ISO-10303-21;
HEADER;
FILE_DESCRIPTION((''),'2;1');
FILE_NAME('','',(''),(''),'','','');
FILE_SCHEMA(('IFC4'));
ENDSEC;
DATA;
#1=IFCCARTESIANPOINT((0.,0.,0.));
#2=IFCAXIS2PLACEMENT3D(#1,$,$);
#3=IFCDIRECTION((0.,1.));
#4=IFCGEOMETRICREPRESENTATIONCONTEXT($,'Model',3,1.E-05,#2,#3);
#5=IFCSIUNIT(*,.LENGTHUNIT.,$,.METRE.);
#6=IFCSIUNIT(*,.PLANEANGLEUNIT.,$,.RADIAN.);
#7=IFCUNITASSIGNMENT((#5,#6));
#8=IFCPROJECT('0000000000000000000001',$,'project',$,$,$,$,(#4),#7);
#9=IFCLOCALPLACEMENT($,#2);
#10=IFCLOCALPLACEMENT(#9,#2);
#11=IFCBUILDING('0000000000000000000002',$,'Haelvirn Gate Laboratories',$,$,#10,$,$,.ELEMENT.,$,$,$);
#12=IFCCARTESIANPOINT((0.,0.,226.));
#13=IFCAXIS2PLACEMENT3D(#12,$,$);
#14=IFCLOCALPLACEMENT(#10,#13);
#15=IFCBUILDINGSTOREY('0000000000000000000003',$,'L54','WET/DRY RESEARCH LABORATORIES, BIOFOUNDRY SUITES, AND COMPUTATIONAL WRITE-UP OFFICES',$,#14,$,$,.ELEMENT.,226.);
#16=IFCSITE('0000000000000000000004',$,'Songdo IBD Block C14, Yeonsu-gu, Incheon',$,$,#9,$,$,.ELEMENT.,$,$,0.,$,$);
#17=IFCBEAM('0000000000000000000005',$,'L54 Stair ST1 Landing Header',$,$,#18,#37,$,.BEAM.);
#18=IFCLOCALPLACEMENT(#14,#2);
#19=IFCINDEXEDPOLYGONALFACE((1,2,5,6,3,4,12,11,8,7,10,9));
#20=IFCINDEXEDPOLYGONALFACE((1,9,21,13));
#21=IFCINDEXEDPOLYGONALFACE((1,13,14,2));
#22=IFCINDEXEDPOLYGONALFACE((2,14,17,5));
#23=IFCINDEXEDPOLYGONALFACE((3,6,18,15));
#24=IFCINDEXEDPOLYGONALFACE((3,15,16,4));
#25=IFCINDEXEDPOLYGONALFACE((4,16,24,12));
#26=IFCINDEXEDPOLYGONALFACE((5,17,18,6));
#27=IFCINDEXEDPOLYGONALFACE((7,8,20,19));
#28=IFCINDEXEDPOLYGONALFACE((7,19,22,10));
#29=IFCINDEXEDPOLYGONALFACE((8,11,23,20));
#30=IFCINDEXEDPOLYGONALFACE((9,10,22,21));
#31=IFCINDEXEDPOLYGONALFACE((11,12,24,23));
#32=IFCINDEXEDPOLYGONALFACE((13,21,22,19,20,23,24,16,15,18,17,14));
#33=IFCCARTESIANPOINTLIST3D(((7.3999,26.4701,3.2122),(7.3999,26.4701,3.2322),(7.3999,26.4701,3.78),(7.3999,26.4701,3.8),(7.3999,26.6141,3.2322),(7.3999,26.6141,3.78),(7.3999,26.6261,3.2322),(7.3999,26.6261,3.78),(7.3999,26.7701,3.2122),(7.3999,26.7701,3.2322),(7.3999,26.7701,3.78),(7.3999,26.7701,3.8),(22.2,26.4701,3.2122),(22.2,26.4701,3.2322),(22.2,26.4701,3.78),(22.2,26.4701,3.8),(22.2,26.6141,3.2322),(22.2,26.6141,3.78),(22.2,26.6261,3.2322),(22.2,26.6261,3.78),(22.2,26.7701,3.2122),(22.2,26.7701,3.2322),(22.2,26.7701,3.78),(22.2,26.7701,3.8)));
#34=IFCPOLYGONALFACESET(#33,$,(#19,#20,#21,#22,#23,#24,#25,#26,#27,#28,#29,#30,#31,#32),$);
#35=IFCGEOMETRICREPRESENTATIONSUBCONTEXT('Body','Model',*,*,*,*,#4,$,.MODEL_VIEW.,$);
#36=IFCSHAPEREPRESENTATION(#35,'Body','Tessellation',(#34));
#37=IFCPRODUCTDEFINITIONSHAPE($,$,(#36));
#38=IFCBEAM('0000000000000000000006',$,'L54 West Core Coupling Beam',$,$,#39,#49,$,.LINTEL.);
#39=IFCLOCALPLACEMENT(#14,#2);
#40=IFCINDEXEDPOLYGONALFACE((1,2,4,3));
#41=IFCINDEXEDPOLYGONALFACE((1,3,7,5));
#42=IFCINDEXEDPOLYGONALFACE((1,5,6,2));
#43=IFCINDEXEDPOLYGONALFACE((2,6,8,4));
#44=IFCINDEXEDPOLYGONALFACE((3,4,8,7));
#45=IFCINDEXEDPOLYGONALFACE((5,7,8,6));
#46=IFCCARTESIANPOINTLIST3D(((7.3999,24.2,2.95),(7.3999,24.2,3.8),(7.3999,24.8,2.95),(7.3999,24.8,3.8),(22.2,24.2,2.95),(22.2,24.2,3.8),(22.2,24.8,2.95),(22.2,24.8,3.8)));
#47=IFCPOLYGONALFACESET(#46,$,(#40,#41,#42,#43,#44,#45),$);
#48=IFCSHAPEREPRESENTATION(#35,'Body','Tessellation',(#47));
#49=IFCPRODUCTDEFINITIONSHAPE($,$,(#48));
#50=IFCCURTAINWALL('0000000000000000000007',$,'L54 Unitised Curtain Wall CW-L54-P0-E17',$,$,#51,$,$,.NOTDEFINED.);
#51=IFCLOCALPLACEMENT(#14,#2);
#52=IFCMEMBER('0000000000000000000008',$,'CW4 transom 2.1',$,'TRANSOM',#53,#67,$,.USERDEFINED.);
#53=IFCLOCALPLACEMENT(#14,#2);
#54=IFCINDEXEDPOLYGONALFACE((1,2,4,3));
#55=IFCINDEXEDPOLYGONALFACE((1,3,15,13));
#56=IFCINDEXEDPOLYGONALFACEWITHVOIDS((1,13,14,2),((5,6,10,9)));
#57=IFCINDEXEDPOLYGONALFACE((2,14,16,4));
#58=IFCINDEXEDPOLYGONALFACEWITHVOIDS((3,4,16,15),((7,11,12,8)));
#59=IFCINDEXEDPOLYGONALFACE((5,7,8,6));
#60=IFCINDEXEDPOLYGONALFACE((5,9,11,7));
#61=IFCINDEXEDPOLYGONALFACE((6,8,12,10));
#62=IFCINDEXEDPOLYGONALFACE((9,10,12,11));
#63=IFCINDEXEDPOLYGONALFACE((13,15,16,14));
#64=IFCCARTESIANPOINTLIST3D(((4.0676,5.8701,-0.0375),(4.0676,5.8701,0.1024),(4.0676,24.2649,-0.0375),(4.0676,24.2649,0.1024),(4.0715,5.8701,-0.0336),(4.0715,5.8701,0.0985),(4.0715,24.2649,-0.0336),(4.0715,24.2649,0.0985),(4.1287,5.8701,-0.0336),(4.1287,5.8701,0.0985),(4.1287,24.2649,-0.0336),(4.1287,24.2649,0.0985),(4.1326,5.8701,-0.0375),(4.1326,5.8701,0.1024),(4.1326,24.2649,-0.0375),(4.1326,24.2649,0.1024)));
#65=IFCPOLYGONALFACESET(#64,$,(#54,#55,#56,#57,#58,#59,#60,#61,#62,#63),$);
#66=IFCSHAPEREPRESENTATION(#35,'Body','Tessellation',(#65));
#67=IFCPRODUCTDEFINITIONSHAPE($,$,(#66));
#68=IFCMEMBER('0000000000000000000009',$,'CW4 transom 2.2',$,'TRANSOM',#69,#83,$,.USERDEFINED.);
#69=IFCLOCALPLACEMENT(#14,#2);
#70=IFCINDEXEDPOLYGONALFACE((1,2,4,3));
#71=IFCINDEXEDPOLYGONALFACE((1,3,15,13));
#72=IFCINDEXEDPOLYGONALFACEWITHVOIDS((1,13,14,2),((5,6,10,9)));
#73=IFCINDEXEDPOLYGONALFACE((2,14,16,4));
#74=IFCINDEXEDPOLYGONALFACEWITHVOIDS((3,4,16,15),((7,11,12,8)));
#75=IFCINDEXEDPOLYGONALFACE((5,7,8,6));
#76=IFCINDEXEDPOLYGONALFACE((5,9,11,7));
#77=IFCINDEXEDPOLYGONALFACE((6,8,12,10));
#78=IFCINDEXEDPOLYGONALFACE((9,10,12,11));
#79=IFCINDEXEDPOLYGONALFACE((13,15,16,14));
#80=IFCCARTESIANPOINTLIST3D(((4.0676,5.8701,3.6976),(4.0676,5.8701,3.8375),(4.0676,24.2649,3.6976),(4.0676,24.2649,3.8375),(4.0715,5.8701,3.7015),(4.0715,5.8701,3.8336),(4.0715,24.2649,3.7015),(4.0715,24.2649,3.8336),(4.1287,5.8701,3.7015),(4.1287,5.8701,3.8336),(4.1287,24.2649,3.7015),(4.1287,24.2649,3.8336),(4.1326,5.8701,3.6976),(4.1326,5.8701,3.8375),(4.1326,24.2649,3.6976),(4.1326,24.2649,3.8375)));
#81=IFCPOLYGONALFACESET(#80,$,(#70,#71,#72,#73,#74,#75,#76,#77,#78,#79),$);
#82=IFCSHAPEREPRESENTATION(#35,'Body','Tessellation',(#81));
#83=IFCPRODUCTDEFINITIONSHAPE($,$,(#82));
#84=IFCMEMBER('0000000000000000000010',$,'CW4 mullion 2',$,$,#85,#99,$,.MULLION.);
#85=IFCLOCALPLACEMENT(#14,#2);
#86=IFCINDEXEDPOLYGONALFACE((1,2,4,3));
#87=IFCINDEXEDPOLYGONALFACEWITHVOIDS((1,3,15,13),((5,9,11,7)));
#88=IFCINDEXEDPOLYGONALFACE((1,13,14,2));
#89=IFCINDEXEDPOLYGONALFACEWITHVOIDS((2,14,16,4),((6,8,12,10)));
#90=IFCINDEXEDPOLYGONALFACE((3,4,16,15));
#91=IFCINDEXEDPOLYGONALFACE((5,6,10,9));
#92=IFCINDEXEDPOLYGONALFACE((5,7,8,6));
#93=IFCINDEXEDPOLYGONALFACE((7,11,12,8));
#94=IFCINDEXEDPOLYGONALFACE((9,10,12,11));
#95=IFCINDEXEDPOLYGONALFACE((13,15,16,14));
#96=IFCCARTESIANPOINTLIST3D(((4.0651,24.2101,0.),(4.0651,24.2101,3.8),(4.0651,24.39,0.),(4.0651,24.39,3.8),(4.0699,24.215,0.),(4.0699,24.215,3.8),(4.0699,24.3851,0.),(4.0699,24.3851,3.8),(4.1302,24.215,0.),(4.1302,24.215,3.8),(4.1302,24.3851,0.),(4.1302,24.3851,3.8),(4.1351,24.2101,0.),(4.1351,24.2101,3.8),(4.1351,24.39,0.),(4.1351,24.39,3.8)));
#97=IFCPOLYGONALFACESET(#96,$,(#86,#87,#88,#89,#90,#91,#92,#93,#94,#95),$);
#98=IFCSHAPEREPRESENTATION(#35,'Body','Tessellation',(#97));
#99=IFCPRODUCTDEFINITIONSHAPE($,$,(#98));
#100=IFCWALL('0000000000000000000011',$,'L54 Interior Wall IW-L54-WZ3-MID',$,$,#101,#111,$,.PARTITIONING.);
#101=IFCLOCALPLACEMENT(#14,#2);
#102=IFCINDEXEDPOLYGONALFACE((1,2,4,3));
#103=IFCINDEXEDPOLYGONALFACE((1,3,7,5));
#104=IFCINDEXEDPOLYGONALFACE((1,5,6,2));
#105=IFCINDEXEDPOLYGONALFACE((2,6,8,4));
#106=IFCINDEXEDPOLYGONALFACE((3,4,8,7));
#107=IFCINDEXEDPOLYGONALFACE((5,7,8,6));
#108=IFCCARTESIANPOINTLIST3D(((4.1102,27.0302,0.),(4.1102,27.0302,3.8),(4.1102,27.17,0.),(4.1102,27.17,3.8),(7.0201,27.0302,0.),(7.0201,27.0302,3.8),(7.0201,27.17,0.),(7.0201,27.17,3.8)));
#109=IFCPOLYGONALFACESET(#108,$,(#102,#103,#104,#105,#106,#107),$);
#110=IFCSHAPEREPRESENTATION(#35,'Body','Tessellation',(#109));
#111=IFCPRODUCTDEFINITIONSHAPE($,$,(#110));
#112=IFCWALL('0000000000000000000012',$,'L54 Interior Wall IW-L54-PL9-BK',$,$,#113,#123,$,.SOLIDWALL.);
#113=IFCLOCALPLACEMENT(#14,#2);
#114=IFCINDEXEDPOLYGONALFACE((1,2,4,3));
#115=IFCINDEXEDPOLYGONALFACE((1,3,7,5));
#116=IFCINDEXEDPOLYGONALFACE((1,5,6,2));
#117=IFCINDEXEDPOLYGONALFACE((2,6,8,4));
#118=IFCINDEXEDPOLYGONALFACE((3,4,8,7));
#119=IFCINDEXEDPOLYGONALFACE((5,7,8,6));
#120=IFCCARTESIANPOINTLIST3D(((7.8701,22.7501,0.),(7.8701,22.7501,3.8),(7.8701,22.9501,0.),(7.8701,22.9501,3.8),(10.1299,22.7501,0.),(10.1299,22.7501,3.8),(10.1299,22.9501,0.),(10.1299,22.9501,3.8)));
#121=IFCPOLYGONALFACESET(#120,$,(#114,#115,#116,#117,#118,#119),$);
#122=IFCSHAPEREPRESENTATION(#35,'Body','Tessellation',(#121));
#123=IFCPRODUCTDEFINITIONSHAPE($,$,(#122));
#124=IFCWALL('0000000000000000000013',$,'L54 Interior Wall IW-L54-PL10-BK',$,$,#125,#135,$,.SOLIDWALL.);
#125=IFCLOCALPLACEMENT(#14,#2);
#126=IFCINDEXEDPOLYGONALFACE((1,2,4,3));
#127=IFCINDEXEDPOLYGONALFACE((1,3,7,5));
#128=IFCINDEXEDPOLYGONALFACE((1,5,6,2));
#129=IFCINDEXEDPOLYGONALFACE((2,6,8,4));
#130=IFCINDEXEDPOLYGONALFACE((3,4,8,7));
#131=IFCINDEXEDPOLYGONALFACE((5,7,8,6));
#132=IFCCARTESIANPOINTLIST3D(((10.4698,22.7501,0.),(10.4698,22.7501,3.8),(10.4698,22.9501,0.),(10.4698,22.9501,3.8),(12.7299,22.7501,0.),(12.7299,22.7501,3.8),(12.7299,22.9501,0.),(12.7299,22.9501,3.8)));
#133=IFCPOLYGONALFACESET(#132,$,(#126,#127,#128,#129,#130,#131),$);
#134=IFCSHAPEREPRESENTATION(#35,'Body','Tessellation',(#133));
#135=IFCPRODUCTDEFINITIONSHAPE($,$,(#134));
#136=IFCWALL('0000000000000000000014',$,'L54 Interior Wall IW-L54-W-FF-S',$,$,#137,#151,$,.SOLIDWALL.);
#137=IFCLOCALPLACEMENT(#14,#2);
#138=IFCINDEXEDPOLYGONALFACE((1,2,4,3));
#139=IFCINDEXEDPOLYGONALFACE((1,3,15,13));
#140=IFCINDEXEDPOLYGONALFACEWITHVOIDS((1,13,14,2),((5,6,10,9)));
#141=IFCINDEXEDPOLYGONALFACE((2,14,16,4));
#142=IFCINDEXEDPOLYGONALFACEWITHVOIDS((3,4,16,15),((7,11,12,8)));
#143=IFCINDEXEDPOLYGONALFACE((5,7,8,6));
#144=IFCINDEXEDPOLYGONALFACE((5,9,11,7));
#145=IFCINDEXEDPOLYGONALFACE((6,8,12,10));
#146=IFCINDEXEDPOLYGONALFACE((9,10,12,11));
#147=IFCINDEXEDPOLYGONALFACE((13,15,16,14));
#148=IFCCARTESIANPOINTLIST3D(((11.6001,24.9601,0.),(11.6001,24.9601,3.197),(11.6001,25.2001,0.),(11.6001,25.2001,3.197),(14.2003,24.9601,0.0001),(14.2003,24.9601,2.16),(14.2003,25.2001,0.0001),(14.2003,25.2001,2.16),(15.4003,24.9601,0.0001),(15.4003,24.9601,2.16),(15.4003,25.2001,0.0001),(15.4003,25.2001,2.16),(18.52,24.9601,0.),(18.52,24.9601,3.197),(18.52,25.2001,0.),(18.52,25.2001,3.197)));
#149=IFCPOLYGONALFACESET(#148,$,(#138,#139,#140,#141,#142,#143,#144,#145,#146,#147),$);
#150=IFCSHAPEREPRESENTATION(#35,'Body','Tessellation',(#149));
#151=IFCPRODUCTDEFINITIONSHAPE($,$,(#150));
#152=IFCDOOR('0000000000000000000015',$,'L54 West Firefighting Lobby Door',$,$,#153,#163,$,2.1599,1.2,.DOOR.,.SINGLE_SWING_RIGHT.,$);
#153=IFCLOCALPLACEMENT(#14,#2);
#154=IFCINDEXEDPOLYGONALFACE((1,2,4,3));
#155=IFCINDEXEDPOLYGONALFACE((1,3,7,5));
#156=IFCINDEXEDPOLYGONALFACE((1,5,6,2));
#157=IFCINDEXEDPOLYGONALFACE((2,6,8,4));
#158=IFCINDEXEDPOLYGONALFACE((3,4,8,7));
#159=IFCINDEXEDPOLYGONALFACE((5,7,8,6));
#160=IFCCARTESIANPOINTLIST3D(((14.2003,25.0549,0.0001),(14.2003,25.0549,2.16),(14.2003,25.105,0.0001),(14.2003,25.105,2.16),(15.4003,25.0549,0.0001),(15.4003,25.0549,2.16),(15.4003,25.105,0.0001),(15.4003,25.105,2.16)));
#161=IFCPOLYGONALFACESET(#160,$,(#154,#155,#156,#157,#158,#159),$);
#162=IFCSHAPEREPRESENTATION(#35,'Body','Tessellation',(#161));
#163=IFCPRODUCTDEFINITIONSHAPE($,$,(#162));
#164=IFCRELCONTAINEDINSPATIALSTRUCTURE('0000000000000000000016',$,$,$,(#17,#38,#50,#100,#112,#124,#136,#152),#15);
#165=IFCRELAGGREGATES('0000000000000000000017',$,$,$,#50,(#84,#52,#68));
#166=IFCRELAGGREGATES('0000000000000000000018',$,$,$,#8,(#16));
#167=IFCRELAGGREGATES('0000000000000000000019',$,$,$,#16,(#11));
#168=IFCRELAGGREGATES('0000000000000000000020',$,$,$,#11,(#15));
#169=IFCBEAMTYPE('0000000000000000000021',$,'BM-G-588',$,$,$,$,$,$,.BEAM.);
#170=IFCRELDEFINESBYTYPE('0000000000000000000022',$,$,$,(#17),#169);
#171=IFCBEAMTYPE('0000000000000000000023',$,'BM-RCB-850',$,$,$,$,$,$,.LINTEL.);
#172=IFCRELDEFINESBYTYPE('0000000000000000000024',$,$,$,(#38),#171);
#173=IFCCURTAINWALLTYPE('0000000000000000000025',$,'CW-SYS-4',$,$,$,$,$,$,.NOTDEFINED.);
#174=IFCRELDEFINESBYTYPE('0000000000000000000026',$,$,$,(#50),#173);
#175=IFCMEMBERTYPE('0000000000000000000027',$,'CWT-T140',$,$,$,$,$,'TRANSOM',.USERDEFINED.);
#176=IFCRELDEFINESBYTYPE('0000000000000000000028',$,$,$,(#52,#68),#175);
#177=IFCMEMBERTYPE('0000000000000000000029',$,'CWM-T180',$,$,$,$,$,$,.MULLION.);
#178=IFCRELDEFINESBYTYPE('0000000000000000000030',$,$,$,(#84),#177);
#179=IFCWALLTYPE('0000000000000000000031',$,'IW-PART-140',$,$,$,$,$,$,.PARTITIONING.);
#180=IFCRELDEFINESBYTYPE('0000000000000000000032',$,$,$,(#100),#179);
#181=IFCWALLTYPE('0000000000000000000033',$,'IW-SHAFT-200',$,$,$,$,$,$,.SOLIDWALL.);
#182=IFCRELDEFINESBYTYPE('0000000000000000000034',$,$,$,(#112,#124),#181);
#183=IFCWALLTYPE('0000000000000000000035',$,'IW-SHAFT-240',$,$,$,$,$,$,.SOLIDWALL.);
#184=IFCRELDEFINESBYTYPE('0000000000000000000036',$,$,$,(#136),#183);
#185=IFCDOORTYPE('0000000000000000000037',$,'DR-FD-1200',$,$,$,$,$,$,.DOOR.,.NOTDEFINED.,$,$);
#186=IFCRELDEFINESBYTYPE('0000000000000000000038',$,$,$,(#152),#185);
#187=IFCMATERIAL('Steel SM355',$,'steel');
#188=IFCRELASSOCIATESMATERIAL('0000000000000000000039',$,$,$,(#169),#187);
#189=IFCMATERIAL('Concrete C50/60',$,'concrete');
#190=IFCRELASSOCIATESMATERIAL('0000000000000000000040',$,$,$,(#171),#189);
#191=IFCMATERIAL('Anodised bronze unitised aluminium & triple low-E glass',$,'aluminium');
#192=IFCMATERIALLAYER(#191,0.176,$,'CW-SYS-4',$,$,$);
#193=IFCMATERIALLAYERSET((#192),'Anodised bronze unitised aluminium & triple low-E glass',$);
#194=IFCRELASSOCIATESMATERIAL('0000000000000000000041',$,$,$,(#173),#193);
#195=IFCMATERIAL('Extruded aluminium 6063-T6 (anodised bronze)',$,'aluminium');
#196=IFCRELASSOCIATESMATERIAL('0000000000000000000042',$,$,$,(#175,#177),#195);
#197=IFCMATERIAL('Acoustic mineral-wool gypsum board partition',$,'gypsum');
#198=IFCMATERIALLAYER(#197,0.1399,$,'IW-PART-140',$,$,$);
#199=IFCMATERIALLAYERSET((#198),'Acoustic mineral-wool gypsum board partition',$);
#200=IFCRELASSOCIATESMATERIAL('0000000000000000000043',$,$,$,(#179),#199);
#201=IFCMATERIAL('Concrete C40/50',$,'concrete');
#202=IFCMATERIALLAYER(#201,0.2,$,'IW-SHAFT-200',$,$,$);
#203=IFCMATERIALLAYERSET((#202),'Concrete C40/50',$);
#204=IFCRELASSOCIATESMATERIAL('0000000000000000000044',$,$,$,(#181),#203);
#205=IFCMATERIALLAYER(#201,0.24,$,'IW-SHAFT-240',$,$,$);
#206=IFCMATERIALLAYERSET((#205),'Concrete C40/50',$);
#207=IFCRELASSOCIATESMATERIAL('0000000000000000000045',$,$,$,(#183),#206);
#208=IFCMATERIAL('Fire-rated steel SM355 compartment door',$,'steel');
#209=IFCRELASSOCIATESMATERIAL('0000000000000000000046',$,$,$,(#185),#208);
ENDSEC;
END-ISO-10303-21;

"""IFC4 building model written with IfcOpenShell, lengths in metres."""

from ifc_helpers import new_model, si_unit, direction, frame, frame_2d, origin, origin_2d, place, context, subcontext, project, spatial, rectangle, hollow_rectangle, i_section, extrude, source, transform, mapped, material, layer, layer_set, material_profile, profile_set, type_object, type_shapes, element, fill, aggregate, save


model = new_model("IFC4")

# Units and contexts
model_context = context("Model", 3, precision=1e-05, world=origin(), true_north=direction((0.0, 1.0)))
body_context = subcontext(model_context, "Body", "Model", "MODEL_VIEW")
ifc_project = project(units=[si_unit("LENGTHUNIT", "METRE"), si_unit("PLANEANGLEUNIT", "RADIAN")], contexts=[model_context])

# Site, building, storey
site_placement = place(None, origin())
site = spatial("IfcSite", under=ifc_project, at=site_placement, Name="Songdo IBD Block C14, Yeonsu-gu, Incheon", CompositionType="ELEMENT", RefElevation=0.0)
building_placement = place(site_placement, origin())
building = spatial("IfcBuilding", under=site, at=building_placement, Name="Haelvirn Gate Laboratories", CompositionType="ELEMENT")
storey_placement = place(building_placement, frame((0.0, 0.0, 226.0)))
storey = spatial("IfcBuildingStorey", under=building, at=storey_placement, Name="L54", Description="WET/DRY RESEARCH LABORATORIES, BIOFOUNDRY SUITES, AND COMPUTATIONAL WRITE-UP OFFICES", CompositionType="ELEMENT", Elevation=226.0)

# Beams
ifc_material_1 = material(Name="Steel SM355", Category="steel")
ifc_material_profile_1 = material_profile(ifc_material_1, i_section(OverallWidth=0.3, OverallDepth=0.5879, WebThickness=0.012, FlangeThickness=0.02, at=origin_2d()), Name="H-588x300x12x20")
ifc_profile_set_1 = profile_set([ifc_material_profile_1], Name="Steel SM355")
beam_type_1 = type_object("IfcBeamType", Name="BM-G-588", PredefinedType="BEAM", material=ifc_profile_set_1)
shared_shape_1 = source(origin(), body_context, "Body", "SweptSolid", [
    extrude(i_section(OverallWidth=0.3, OverallDepth=0.5879, WebThickness=0.012, FlangeThickness=0.02, at=origin_2d()), origin(), (0.0, 0.0, 1.0), 14.8),
])
type_shapes(beam_type_1, [shared_shape_1])
beam_1_placement = place(storey_placement, frame((7.3999, 26.6201, 3.5061), z_axis=(1.0, 0.0, 0.0), x_axis=(0.0, 1.0, 0.0)))
element("IfcBeam", 1, at=beam_1_placement, inside=storey, type_object=beam_type_1, Name="L54 Stair ST1 Landing Header", PredefinedType="BEAM", context=body_context, shape_type="MappedRepresentation", body=[
    mapped(shared_shape_1, transform((0.0, 0.0, 0.0), scale=1.0)),
])
ifc_material_2 = material(Name="Concrete C50/60", Category="concrete")
ifc_material_profile_2 = material_profile(ifc_material_2, rectangle(XDim=0.6001, YDim=0.8501, at=origin_2d()), Name="RCB-600x850")
ifc_profile_set_2 = profile_set([ifc_material_profile_2], Name="Concrete C50/60")
beam_type_2 = type_object("IfcBeamType", Name="BM-RCB-850", PredefinedType="LINTEL", material=ifc_profile_set_2)
shared_shape_2 = source(origin(), body_context, "Body", "SweptSolid", [
    extrude(rectangle(XDim=0.6001, YDim=0.8501, at=origin_2d()), origin(), (0.0, 0.0, 1.0), 14.8),
])
type_shapes(beam_type_2, [shared_shape_2])
beam_2_placement = place(storey_placement, frame((7.3999, 24.5, 3.375), z_axis=(1.0, 0.0, 0.0), x_axis=(0.0, 1.0, 0.0)))
element("IfcBeam", 2, at=beam_2_placement, inside=storey, type_object=beam_type_2, Name="L54 West Core Coupling Beam", PredefinedType="LINTEL", context=body_context, shape_type="MappedRepresentation", body=[
    mapped(shared_shape_2, transform((0.0, 0.0, 0.0), scale=1.0)),
])

# Curtain wall, members
ifc_material_3 = material(Name="Anodised bronze unitised aluminium & triple low-E glass", Category="aluminium")
ifc_layer_1 = layer(ifc_material_3, 0.176, Name="CW-SYS-4")
ifc_layer_set_1 = layer_set([ifc_layer_1], Name="Anodised bronze unitised aluminium & triple low-E glass")
curtain_wall_type = type_object("IfcCurtainWallType", Name="CW-SYS-4", PredefinedType="NOTDEFINED", material=ifc_layer_set_1)
curtain_wall_placement = place(storey_placement, origin())
curtain_wall = element("IfcCurtainWall", 3, at=curtain_wall_placement, inside=storey, type_object=curtain_wall_type, Name="L54 Unitised Curtain Wall CW-L54-P0-E17", PredefinedType="NOTDEFINED")
ifc_material_4 = material(Name="Extruded aluminium 6063-T6 (anodised bronze)", Category="aluminium")
ifc_material_profile_3 = material_profile(ifc_material_4, hollow_rectangle(XDim=0.0649, YDim=0.1399, WallThickness=0.0039, at=origin_2d()), Name="CWT-140x65x4")
ifc_profile_set_3 = profile_set([ifc_material_profile_3], Name="Extruded aluminium 6063-T6 (anodised bronze)")
member_type_1 = type_object("IfcMemberType", Name="CWT-T140", ElementType="TRANSOM", PredefinedType="USERDEFINED", material=ifc_profile_set_3)
shared_shape_3 = source(origin(), body_context, "Body", "SweptSolid", [
    extrude(hollow_rectangle(XDim=0.0649, YDim=0.1399, WallThickness=0.0039, at=origin_2d()), origin(), (0.0, 0.0, 1.0), 18.3948),
])
type_shapes(member_type_1, [shared_shape_3])
member_1_placement = place(storey_placement, frame((4.1001, 24.2649, 0.0325), z_axis=(0.0, -1.0, 0.0), x_axis=(1.0, 0.0, 0.0)))
member_1 = element("IfcMember", 4, at=member_1_placement, type_object=member_type_1, Name="CW4 transom 2.1", ObjectType="TRANSOM", PredefinedType="USERDEFINED", context=body_context, shape_type="MappedRepresentation", body=[
    mapped(shared_shape_3, transform((0.0, 0.0, 0.0), scale=1.0)),
])
member_2_placement = place(storey_placement, frame((4.1001, 24.2649, 3.7676), z_axis=(0.0, -1.0, 0.0), x_axis=(1.0, 0.0, 0.0)))
member_2 = element("IfcMember", 5, at=member_2_placement, type_object=member_type_1, Name="CW4 transom 2.2", ObjectType="TRANSOM", PredefinedType="USERDEFINED", context=body_context, shape_type="MappedRepresentation", body=[
    mapped(shared_shape_3, transform((0.0, 0.0, 0.0), scale=1.0)),
])
ifc_material_profile_4 = material_profile(ifc_material_4, hollow_rectangle(XDim=0.0701, YDim=0.1799, WallThickness=0.0049, at=origin_2d()), Name="CWM-180x70x5")
ifc_profile_set_4 = profile_set([ifc_material_profile_4], Name="Extruded aluminium 6063-T6 (anodised bronze)")
member_type_2 = type_object("IfcMemberType", Name="CWM-T180", PredefinedType="MULLION", material=ifc_profile_set_4)
shared_shape_4 = source(origin(), body_context, "Body", "SweptSolid", [
    extrude(hollow_rectangle(XDim=0.0701, YDim=0.1799, WallThickness=0.0049, at=origin_2d()), origin(), (0.0, 0.0, 1.0), 3.8),
])
type_shapes(member_type_2, [shared_shape_4])
member_3_placement = place(storey_placement, frame((4.1001, 24.3, 0.0), z_axis=(0.0, 0.0, 1.0), x_axis=(1.0, 0.0, 0.0)))
member_3 = element("IfcMember", 6, at=member_3_placement, type_object=member_type_2, Name="CW4 mullion 2", PredefinedType="MULLION", context=body_context, shape_type="MappedRepresentation", body=[
    mapped(shared_shape_4, transform((0.0, 0.0, 0.0), scale=1.0)),
])
aggregate(curtain_wall, [member_3, member_1, member_2])

# Walls
ifc_material_5 = material(Name="Acoustic mineral-wool gypsum board partition", Category="gypsum")
ifc_layer_2 = layer(ifc_material_5, 0.1399, Name="IW-PART-140")
ifc_layer_set_2 = layer_set([ifc_layer_2], Name="Acoustic mineral-wool gypsum board partition")
wall_type_1 = type_object("IfcWallType", Name="IW-PART-140", PredefinedType="PARTITIONING", material=ifc_layer_set_2)
wall_1_placement = place(storey_placement, frame((4.1101, 27.1001, 0.0), z_axis=(0.0, 0.0, 1.0), x_axis=(1.0, 0.0, 0.0)))
element("IfcWall", 7, at=wall_1_placement, inside=storey, type_object=wall_type_1, Name="L54 Interior Wall IW-L54-WZ3-MID", PredefinedType="PARTITIONING", context=body_context, shape_type="SweptSolid", body=[
    extrude(rectangle(XDim=2.9099, YDim=0.1399, at=frame_2d((1.4551, 0.0))), origin(), (0.0, 0.0, 1.0), 3.8),
])
ifc_material_6 = material(Name="Concrete C40/50", Category="concrete")
ifc_layer_3 = layer(ifc_material_6, 0.2, Name="IW-SHAFT-200")
ifc_layer_set_3 = layer_set([ifc_layer_3], Name="Concrete C40/50")
wall_type_2 = type_object("IfcWallType", Name="IW-SHAFT-200", PredefinedType="SOLIDWALL", material=ifc_layer_set_3)
wall_2_placement = place(storey_placement, frame((7.8701, 22.8501, 0.0), z_axis=(0.0, 0.0, 1.0), x_axis=(1.0, 0.0, 0.0)))
element("IfcWall", 8, at=wall_2_placement, inside=storey, type_object=wall_type_2, Name="L54 Interior Wall IW-L54-PL9-BK", PredefinedType="SOLIDWALL", context=body_context, shape_type="SweptSolid", body=[
    extrude(rectangle(XDim=2.2598, YDim=0.2, at=frame_2d((1.1299, 0.0))), origin(), (0.0, 0.0, 1.0), 3.8),
])
wall_3_placement = place(storey_placement, frame((10.47, 22.8501, 0.0), z_axis=(0.0, 0.0, 1.0), x_axis=(1.0, 0.0, 0.0)))
element("IfcWall", 9, at=wall_3_placement, inside=storey, type_object=wall_type_2, Name="L54 Interior Wall IW-L54-PL10-BK", PredefinedType="SOLIDWALL", context=body_context, shape_type="SweptSolid", body=[
    extrude(rectangle(XDim=2.26, YDim=0.2, at=frame_2d((1.1299, 0.0))), origin(), (0.0, 0.0, 1.0), 3.8),
])

# Wall, opening, door
ifc_layer_4 = layer(ifc_material_6, 0.24, Name="IW-SHAFT-240")
ifc_layer_set_4 = layer_set([ifc_layer_4], Name="Concrete C40/50")
wall_type_3 = type_object("IfcWallType", Name="IW-SHAFT-240", PredefinedType="SOLIDWALL", material=ifc_layer_set_4)
wall_4_placement = place(storey_placement, frame((11.6001, 25.0801, 0.0), z_axis=(0.0, 0.0, 1.0), x_axis=(1.0, 0.0, 0.0)))
wall_4 = element("IfcWall", 10, at=wall_4_placement, inside=storey, type_object=wall_type_3, Name="L54 Interior Wall IW-L54-W-FF-S", PredefinedType="SOLIDWALL", context=body_context, shape_type="SweptSolid", body=[
    extrude(rectangle(XDim=6.9199, YDim=0.24, at=frame_2d((3.46, 0.0))), origin(), (0.0, 0.0, 1.0), 3.197),
])
opening_1_placement = place(wall_4_placement, frame((2.6001, 0.0, 0.0)))
opening_1 = element("IfcOpeningElement", 11, at=opening_1_placement, cuts=wall_4, PredefinedType="OPENING", context=body_context, shape_type="SweptSolid", body=[
    extrude(rectangle(XDim=1.2, YDim=2.1599, at=frame_2d((0.6001, 1.0801))), frame((0.0, 0.1299, 0.0), z_axis=(0.0, -1.0, 0.0), x_axis=(1.0, 0.0, 0.0)), (0.0, 0.0, 1.0), 0.26),
])
ifc_material_7 = material(Name="Fire-rated steel SM355 compartment door", Category="steel")
door_type_1 = type_object("IfcDoorType", Name="DR-FD-1200", OperationType="NOTDEFINED", PredefinedType="DOOR", material=ifc_material_7)
shared_shape_5 = source(origin(), body_context, "Body", "SweptSolid", [
    extrude(rectangle(XDim=1.2, YDim=2.1599, at=frame_2d((0.6001, 1.0801))), frame((0.0, 0.0249, 0.0), z_axis=(0.0, -1.0, 0.0), x_axis=(1.0, 0.0, 0.0)), (0.0, 0.0, 1.0), 0.05),
])
type_shapes(door_type_1, [shared_shape_5])
door_1_placement = place(opening_1_placement, origin())
door_1 = element("IfcDoor", 12, at=door_1_placement, inside=storey, type_object=door_type_1, Name="L54 West Firefighting Lobby Door", OperationType="SINGLE_SWING_RIGHT", OverallHeight=2.1599, OverallWidth=1.2, PredefinedType="DOOR", context=body_context, shape_type="MappedRepresentation", body=[
    mapped(shared_shape_5, transform((0.0, 0.0, 0.0), scale=1.0)),
])
fill(opening_1, door_1)

save(model, "model.ifc")
